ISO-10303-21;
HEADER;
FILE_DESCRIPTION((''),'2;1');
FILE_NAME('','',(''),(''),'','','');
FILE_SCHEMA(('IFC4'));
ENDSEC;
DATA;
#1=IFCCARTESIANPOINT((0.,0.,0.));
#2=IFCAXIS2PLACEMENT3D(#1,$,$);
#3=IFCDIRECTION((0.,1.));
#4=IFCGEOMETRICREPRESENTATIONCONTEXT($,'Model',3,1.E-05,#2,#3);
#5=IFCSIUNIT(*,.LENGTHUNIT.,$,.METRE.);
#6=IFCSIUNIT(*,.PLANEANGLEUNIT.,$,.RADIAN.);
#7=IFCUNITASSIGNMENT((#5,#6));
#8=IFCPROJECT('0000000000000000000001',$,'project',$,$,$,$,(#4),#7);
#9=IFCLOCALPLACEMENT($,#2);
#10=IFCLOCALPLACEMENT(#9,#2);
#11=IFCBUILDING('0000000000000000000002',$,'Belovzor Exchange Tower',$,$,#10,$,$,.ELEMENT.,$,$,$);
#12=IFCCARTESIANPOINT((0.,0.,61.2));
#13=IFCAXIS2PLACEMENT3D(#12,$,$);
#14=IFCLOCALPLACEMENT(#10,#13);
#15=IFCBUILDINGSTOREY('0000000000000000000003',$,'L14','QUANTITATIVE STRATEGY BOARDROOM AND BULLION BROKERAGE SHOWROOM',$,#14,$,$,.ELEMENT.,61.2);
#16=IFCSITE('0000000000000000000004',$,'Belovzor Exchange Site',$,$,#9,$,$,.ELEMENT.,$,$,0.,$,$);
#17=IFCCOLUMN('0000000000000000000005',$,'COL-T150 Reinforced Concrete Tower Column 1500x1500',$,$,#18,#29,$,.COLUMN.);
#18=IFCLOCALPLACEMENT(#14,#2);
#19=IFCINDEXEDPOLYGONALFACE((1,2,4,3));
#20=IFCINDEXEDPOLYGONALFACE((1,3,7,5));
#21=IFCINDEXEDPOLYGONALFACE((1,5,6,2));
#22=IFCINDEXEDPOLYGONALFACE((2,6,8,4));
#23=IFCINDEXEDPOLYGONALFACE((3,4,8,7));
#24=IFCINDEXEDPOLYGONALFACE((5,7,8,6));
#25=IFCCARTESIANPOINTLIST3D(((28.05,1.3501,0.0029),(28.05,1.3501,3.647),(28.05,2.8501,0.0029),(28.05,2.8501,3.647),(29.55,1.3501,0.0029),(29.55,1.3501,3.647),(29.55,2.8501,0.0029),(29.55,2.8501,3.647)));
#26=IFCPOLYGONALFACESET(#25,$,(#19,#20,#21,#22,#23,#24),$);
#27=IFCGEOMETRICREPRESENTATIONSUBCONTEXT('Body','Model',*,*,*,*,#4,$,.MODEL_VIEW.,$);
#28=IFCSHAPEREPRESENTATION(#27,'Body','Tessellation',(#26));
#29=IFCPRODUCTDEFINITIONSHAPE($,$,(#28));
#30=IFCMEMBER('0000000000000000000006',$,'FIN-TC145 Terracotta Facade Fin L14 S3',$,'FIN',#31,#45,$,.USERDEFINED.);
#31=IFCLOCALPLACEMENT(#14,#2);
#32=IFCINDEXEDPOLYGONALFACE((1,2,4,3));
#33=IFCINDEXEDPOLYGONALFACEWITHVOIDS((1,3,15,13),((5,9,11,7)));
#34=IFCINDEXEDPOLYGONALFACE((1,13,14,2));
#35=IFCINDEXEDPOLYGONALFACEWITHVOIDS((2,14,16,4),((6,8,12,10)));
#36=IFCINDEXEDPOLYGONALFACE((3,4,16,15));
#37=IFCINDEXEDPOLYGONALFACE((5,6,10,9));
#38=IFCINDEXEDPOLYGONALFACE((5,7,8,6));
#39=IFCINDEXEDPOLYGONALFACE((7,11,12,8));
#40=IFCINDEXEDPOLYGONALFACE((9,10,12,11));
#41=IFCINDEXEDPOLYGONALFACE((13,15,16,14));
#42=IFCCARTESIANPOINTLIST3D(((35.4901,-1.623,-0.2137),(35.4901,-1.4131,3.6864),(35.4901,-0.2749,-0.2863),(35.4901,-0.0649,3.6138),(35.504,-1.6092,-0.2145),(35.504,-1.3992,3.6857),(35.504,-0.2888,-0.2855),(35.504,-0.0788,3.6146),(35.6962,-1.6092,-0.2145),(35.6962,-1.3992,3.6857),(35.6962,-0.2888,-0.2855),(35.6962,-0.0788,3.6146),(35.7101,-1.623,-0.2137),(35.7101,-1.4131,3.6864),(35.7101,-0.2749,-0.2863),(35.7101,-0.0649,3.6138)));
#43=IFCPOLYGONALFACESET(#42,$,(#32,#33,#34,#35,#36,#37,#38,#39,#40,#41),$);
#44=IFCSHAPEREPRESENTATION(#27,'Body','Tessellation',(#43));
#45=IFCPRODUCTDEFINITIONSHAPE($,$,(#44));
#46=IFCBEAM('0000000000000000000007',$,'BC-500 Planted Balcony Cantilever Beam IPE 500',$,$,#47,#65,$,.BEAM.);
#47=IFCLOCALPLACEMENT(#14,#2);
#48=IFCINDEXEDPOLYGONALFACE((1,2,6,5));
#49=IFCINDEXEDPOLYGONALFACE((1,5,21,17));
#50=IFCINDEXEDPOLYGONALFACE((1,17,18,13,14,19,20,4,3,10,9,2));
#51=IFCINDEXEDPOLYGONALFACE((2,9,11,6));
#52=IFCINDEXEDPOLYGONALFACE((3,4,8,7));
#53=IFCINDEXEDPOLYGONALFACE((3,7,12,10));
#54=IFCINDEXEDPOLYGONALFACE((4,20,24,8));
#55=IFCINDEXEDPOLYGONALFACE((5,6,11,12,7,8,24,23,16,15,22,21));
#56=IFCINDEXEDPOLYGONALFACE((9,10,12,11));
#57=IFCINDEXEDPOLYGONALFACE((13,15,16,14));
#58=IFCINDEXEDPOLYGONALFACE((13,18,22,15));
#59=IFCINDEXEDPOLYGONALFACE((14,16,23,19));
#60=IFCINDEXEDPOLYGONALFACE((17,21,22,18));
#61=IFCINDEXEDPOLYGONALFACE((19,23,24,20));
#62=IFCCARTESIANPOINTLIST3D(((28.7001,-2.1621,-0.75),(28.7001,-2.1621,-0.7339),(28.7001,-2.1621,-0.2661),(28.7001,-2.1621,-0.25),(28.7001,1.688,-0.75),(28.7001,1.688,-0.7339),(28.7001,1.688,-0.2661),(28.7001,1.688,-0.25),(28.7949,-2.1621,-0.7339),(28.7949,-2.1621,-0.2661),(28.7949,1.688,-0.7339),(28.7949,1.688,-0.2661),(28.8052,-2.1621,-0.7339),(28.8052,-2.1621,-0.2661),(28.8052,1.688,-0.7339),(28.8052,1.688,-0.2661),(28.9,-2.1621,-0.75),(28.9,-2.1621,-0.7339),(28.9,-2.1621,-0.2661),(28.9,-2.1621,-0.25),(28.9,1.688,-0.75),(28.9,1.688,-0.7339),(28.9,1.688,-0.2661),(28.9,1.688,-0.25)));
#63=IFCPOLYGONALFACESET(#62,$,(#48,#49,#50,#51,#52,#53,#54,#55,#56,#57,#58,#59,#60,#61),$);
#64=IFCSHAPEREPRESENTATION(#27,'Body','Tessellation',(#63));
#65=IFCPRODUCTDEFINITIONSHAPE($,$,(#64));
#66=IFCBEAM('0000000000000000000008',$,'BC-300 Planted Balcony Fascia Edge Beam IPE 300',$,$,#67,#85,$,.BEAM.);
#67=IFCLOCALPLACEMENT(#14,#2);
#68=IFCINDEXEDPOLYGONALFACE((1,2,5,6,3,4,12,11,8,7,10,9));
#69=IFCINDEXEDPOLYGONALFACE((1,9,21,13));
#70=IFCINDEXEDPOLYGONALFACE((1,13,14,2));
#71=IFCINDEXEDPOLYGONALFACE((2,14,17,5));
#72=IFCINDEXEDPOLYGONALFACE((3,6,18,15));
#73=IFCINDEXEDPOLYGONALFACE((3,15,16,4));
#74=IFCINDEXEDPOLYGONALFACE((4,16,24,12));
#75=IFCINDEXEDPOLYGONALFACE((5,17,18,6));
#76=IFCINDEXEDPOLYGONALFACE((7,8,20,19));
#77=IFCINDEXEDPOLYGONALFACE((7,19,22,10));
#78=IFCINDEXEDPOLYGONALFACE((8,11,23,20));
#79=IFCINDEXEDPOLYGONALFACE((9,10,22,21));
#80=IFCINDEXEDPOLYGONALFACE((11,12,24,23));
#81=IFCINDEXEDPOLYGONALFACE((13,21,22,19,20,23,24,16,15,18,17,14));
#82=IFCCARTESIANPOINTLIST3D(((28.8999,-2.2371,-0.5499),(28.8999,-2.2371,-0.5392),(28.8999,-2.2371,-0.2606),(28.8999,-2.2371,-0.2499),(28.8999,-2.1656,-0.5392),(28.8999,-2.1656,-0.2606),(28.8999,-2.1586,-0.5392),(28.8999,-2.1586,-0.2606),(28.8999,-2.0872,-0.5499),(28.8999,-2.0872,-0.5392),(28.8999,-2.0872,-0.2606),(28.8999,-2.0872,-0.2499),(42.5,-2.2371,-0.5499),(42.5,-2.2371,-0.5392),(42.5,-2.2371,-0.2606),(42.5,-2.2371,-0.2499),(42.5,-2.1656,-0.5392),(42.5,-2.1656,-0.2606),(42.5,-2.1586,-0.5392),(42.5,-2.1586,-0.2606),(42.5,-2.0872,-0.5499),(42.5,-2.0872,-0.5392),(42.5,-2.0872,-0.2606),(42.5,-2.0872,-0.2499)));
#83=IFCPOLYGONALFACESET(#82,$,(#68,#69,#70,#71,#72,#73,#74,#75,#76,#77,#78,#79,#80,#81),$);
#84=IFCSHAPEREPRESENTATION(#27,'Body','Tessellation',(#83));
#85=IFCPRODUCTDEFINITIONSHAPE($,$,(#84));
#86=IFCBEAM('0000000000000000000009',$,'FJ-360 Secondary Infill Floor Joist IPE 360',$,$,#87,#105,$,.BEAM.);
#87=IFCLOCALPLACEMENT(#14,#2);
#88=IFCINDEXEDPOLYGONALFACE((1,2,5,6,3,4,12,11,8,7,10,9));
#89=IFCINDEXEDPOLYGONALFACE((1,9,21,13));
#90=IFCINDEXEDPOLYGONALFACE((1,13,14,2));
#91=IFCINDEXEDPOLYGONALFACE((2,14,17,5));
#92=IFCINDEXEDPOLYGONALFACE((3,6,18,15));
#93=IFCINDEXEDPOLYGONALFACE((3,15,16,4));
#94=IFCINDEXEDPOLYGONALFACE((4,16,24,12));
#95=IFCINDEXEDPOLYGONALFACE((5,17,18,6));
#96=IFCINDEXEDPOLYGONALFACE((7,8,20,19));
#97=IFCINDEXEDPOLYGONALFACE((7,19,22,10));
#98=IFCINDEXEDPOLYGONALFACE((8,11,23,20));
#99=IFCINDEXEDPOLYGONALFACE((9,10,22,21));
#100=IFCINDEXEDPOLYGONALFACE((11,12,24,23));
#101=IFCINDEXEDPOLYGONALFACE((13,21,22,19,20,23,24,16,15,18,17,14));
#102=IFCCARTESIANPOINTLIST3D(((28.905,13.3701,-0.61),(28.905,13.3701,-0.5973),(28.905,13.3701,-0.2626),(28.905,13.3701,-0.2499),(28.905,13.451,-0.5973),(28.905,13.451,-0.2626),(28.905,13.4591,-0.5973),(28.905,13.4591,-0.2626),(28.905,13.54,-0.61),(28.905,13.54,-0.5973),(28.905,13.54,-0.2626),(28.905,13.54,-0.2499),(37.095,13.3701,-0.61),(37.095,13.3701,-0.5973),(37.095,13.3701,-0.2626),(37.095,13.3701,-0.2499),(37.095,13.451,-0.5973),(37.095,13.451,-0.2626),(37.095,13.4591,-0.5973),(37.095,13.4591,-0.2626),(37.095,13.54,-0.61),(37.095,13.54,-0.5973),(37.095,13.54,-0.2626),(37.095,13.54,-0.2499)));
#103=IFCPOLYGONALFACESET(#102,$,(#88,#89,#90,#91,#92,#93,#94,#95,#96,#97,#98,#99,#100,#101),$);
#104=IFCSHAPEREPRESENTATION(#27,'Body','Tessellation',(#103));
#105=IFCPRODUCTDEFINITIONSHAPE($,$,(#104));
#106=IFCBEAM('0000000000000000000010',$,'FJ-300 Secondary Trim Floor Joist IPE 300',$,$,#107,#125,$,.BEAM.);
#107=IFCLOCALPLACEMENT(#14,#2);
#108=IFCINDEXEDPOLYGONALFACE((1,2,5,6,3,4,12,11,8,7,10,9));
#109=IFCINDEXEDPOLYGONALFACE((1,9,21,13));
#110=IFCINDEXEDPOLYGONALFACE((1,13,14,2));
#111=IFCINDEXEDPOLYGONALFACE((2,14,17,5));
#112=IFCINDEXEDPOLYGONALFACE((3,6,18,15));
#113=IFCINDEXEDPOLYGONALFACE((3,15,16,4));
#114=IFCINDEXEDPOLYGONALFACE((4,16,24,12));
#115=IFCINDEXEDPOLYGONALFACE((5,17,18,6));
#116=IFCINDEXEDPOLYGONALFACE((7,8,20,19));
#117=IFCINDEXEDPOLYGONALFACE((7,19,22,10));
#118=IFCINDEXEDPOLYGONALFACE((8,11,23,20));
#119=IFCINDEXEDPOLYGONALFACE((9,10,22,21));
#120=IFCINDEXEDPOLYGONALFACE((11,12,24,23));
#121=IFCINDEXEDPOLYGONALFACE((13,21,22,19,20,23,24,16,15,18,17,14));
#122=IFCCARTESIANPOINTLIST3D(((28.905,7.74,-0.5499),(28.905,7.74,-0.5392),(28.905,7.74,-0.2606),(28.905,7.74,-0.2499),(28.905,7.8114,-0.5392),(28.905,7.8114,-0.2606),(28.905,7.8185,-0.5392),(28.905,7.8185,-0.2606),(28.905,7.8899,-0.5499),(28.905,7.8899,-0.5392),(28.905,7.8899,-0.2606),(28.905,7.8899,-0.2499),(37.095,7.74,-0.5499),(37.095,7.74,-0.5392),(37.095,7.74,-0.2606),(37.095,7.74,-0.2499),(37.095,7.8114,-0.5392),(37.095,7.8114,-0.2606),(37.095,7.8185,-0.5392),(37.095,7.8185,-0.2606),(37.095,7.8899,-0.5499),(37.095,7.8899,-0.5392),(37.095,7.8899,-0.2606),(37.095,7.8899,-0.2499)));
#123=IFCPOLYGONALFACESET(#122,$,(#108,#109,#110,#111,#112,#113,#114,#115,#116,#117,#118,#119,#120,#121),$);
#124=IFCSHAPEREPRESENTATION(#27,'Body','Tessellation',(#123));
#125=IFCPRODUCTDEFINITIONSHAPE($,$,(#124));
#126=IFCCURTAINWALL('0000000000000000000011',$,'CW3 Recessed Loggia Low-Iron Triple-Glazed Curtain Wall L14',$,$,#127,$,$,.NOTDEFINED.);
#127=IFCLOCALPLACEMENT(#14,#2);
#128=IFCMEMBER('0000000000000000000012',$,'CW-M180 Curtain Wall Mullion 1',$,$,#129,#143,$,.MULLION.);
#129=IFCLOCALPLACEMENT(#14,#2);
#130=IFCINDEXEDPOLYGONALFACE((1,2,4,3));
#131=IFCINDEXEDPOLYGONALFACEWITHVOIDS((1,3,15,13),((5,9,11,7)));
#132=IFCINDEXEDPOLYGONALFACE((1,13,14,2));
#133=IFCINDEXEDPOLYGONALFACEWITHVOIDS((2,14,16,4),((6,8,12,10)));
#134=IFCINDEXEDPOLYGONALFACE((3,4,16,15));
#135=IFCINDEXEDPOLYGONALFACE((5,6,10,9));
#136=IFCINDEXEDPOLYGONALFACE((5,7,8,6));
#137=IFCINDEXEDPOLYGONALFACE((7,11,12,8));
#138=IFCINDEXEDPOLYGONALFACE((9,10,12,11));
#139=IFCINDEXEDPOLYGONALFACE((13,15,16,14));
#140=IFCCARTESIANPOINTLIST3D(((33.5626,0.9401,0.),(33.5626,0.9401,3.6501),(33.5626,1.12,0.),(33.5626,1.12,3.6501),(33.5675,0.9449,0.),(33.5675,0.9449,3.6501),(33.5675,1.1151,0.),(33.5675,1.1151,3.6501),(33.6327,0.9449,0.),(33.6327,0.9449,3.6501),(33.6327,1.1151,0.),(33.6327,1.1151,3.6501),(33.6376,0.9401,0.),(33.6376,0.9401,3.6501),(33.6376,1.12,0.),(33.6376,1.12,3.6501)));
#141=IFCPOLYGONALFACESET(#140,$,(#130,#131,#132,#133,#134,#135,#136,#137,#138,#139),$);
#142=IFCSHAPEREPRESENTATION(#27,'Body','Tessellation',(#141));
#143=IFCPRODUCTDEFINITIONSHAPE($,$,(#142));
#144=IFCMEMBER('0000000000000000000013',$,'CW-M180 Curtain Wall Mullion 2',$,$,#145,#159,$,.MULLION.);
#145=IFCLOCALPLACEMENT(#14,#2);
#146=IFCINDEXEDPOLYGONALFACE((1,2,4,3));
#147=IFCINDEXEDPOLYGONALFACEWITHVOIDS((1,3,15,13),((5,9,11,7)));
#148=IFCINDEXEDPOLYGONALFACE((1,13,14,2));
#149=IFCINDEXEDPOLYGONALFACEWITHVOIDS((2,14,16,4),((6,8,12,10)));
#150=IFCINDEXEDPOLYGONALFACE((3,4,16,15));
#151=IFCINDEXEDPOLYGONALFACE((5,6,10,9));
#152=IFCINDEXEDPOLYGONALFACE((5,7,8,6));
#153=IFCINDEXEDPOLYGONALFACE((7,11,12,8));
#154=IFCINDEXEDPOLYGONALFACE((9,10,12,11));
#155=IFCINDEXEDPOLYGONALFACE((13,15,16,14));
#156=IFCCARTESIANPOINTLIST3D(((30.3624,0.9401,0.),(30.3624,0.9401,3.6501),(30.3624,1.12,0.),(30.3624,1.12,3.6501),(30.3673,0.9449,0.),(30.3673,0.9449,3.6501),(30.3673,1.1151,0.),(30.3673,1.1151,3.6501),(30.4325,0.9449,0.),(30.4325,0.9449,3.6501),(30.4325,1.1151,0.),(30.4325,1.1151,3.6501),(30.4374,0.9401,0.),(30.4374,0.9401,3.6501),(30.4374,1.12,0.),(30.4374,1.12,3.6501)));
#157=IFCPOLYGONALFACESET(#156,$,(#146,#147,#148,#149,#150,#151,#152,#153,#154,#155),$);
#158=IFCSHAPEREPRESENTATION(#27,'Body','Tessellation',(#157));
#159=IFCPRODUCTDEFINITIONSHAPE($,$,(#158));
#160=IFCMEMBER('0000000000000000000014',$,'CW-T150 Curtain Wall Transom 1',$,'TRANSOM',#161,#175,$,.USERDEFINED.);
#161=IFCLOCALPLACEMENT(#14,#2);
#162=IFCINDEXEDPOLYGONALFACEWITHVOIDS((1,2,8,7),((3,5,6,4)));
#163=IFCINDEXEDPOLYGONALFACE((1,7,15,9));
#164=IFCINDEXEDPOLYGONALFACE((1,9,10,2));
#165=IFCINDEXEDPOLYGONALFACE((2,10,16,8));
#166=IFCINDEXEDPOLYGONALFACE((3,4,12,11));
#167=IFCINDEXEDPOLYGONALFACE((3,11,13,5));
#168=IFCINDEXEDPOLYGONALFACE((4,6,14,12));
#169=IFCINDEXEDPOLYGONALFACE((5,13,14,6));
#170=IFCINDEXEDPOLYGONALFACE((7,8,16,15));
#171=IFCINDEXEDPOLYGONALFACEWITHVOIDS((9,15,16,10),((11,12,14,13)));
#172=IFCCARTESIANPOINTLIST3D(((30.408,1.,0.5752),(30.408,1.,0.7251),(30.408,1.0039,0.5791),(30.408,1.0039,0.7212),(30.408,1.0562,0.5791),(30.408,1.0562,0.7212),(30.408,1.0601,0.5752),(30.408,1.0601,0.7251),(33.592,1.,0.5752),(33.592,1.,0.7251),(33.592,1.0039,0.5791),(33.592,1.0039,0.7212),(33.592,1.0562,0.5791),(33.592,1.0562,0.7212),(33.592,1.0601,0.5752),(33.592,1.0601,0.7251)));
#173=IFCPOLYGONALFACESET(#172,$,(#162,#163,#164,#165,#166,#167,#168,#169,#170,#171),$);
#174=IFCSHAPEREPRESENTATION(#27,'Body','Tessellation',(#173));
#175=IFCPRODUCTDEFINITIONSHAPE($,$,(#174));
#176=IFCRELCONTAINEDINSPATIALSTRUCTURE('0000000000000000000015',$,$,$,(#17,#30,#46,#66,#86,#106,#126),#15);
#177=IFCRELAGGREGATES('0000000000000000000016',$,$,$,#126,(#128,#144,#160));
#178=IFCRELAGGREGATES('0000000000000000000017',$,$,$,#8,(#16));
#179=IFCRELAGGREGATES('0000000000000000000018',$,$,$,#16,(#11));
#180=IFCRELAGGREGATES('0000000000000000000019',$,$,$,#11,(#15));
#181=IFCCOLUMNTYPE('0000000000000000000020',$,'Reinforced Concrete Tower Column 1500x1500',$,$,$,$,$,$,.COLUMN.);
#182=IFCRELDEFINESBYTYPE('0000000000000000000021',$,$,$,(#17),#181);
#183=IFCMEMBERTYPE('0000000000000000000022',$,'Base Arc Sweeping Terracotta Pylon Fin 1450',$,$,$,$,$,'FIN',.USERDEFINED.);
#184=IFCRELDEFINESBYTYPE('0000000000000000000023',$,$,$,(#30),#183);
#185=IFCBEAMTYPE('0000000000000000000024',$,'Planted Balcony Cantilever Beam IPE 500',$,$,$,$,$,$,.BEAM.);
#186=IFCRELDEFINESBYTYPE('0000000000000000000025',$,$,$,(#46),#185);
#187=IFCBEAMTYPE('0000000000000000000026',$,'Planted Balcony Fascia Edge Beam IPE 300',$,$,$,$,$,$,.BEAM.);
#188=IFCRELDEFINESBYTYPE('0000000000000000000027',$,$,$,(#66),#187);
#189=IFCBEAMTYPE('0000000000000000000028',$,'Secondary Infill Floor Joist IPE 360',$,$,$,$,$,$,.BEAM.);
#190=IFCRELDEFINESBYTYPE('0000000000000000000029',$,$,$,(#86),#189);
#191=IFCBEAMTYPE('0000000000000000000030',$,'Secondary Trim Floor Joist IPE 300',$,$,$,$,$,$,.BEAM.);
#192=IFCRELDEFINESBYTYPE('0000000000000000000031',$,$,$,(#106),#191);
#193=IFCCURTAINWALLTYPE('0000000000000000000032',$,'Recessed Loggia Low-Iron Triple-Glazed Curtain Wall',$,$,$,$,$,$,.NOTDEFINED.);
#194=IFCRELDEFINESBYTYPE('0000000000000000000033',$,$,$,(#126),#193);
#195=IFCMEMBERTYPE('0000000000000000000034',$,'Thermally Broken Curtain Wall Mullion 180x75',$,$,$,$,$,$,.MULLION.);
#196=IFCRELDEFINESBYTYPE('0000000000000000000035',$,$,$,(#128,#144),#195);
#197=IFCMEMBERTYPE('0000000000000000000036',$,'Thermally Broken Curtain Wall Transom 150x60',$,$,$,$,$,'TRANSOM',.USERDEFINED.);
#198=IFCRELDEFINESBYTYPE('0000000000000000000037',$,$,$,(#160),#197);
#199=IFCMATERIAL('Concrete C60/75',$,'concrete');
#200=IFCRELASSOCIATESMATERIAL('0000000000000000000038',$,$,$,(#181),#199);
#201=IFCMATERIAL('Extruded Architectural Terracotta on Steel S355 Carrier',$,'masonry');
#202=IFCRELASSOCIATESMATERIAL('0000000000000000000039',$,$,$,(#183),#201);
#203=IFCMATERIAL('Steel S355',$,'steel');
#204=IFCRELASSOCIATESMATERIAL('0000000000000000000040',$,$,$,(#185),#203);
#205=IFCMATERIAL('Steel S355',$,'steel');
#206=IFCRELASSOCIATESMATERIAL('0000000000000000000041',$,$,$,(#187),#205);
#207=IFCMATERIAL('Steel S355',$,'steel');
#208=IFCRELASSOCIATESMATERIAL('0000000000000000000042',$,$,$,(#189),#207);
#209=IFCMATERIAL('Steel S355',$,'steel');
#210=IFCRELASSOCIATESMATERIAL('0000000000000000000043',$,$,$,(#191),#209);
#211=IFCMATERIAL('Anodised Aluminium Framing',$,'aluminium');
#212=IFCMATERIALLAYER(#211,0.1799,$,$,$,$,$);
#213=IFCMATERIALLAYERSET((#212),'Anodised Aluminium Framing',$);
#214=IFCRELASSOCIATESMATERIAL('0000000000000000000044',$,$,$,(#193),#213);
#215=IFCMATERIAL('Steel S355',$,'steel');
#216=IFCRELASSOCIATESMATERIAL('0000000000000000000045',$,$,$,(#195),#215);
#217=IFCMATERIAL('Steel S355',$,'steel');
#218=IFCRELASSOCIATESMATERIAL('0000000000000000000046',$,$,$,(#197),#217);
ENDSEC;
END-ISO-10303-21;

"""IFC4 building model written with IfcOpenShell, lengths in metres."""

from ifc_helpers import new_model, si_unit, direction, frame, origin, origin_2d, place, context, subcontext, project, spatial, rectangle, hollow_rectangle, i_section, extrude, material, layer, layer_set, material_profile, profile_set, type_object, element, aggregate, save


model = new_model("IFC4")

# Units and contexts
model_context = context("Model", 3, precision=1e-05, world=origin(), true_north=direction((0.0, 1.0)))
body_context = subcontext(model_context, "Body", "Model", "MODEL_VIEW")
ifc_project = project(units=[si_unit("LENGTHUNIT", "METRE"), si_unit("PLANEANGLEUNIT", "RADIAN")], contexts=[model_context])

# Site, building, storey
site_placement = place(None, origin())
site = spatial("IfcSite", under=ifc_project, at=site_placement, Name="Belovzor Exchange Site", CompositionType="ELEMENT", RefElevation=0.0)
building_placement = place(site_placement, origin())
building = spatial("IfcBuilding", under=site, at=building_placement, Name="Belovzor Exchange Tower", CompositionType="ELEMENT")
storey_placement = place(building_placement, frame((0.0, 0.0, 61.2)))
storey = spatial("IfcBuildingStorey", under=building, at=storey_placement, Name="L14", Description="QUANTITATIVE STRATEGY BOARDROOM AND BULLION BROKERAGE SHOWROOM", CompositionType="ELEMENT", Elevation=61.2)

# Column
ifc_material_1 = material(Name="Concrete C60/75", Category="concrete")
ifc_material_profile_1 = material_profile(ifc_material_1, rectangle(XDim=1.5, YDim=1.5, at=origin_2d()))
ifc_profile_set_1 = profile_set([ifc_material_profile_1], Name="Concrete C60/75")
column_type = type_object("IfcColumnType", Name="Reinforced Concrete Tower Column 1500x1500", PredefinedType="COLUMN", material=ifc_profile_set_1)
column_placement = place(storey_placement, frame((28.8, 2.1001, 0.0029), z_axis=(0.0, 0.0, 1.0), x_axis=(1.0, 0.0, 0.0)))
element("IfcColumn", 1, at=column_placement, inside=storey, type_object=column_type, Name="COL-T150 Reinforced Concrete Tower Column 1500x1500", PredefinedType="COLUMN", context=body_context, shape_type="SweptSolid", body=[
    extrude(rectangle(XDim=1.5, YDim=1.5, at=origin_2d()), origin(), (0.0, 0.0, 1.0), 3.644),
])

# Member
ifc_material_2 = material(Name="Extruded Architectural Terracotta on Steel S355 Carrier", Category="masonry")
ifc_material_profile_2 = material_profile(ifc_material_2, hollow_rectangle(XDim=0.22, YDim=1.3501, WallThickness=0.0139, at=origin_2d()))
ifc_profile_set_2 = profile_set([ifc_material_profile_2], Name="Extruded Architectural Terracotta on Steel S355 Carrier")
member_type_1 = type_object("IfcMemberType", Name="Base Arc Sweeping Terracotta Pylon Fin 1450", ElementType="FIN", PredefinedType="USERDEFINED", material=ifc_profile_set_2)
member_1_placement = place(storey_placement, frame((35.6001, -0.949, -0.25), z_axis=(0.0, 0.053756, 0.998554), x_axis=(-1.0, 0.0, 0.0)))
element("IfcMember", 2, at=member_1_placement, inside=storey, type_object=member_type_1, Name="FIN-TC145 Terracotta Facade Fin L14 S3", ObjectType="FIN", PredefinedType="USERDEFINED", context=body_context, shape_type="SweptSolid", body=[
    extrude(hollow_rectangle(XDim=0.22, YDim=1.3501, WallThickness=0.0139, at=origin_2d()), origin(), (0.0, 0.0, 1.0), 3.9058),
])

# Beams
ifc_material_3 = material(Name="Steel S355", Category="steel")
ifc_material_profile_3 = material_profile(ifc_material_3, i_section(OverallWidth=0.2, OverallDepth=0.5, WebThickness=0.0103, FlangeThickness=0.0161, at=origin_2d()))
ifc_profile_set_3 = profile_set([ifc_material_profile_3], Name="Steel S355")
beam_type_1 = type_object("IfcBeamType", Name="Planted Balcony Cantilever Beam IPE 500", PredefinedType="BEAM", material=ifc_profile_set_3)
beam_1_placement = place(storey_placement, frame((28.8, 1.688, -0.5), z_axis=(0.0, -1.0, 0.0), x_axis=(1.0, 0.0, 0.0)))
element("IfcBeam", 3, at=beam_1_placement, inside=storey, type_object=beam_type_1, Name="BC-500 Planted Balcony Cantilever Beam IPE 500", PredefinedType="BEAM", context=body_context, shape_type="SweptSolid", body=[
    extrude(i_section(OverallWidth=0.2, OverallDepth=0.5, WebThickness=0.0103, FlangeThickness=0.0161, at=origin_2d()), origin(), (0.0, 0.0, 1.0), 3.8501),
])
ifc_material_4 = material(Name="Steel S355", Category="steel")
ifc_material_profile_4 = material_profile(ifc_material_4, i_section(OverallWidth=0.1499, OverallDepth=0.3, WebThickness=0.0071, FlangeThickness=0.0107, at=origin_2d()))
ifc_profile_set_4 = profile_set([ifc_material_profile_4], Name="Steel S355")
beam_type_2 = type_object("IfcBeamType", Name="Planted Balcony Fascia Edge Beam IPE 300", PredefinedType="BEAM", material=ifc_profile_set_4)
beam_2_placement = place(storey_placement, frame((28.8999, -2.1621, -0.3999), z_axis=(1.0, 0.0, 0.0), x_axis=(0.0, 1.0, 0.0)))
element("IfcBeam", 4, at=beam_2_placement, inside=storey, type_object=beam_type_2, Name="BC-300 Planted Balcony Fascia Edge Beam IPE 300", PredefinedType="BEAM", context=body_context, shape_type="SweptSolid", body=[
    extrude(i_section(OverallWidth=0.1499, OverallDepth=0.3, WebThickness=0.0071, FlangeThickness=0.0107, at=origin_2d()), origin(), (0.0, 0.0, 1.0), 13.6001),
])
ifc_material_5 = material(Name="Steel S355", Category="steel")
ifc_material_profile_5 = material_profile(ifc_material_5, i_section(OverallWidth=0.1699, OverallDepth=0.3601, WebThickness=0.0081, FlangeThickness=0.0127, at=origin_2d()))
ifc_profile_set_5 = profile_set([ifc_material_profile_5], Name="Steel S355")
beam_type_3 = type_object("IfcBeamType", Name="Secondary Infill Floor Joist IPE 360", PredefinedType="BEAM", material=ifc_profile_set_5)
beam_3_placement = place(storey_placement, frame((28.905, 13.4551, -0.4299), z_axis=(1.0, 0.0, 0.0), x_axis=(0.0, 1.0, 0.0)))
element("IfcBeam", 5, at=beam_3_placement, inside=storey, type_object=beam_type_3, Name="FJ-360 Secondary Infill Floor Joist IPE 360", PredefinedType="BEAM", context=body_context, shape_type="SweptSolid", body=[
    extrude(i_section(OverallWidth=0.1699, OverallDepth=0.3601, WebThickness=0.0081, FlangeThickness=0.0127, at=origin_2d()), origin(), (0.0, 0.0, 1.0), 8.1899),
])
ifc_material_6 = material(Name="Steel S355", Category="steel")
ifc_material_profile_6 = material_profile(ifc_material_6, i_section(OverallWidth=0.1499, OverallDepth=0.3, WebThickness=0.0071, FlangeThickness=0.0107, at=origin_2d()))
ifc_profile_set_6 = profile_set([ifc_material_profile_6], Name="Steel S355")
beam_type_4 = type_object("IfcBeamType", Name="Secondary Trim Floor Joist IPE 300", PredefinedType="BEAM", material=ifc_profile_set_6)
beam_4_placement = place(storey_placement, frame((28.905, 7.8149, -0.3999), z_axis=(1.0, 0.0, 0.0), x_axis=(0.0, 1.0, 0.0)))
element("IfcBeam", 6, at=beam_4_placement, inside=storey, type_object=beam_type_4, Name="FJ-300 Secondary Trim Floor Joist IPE 300", PredefinedType="BEAM", context=body_context, shape_type="SweptSolid", body=[
    extrude(i_section(OverallWidth=0.1499, OverallDepth=0.3, WebThickness=0.0071, FlangeThickness=0.0107, at=origin_2d()), origin(), (0.0, 0.0, 1.0), 8.1899),
])

# Curtain wall, members
ifc_material_7 = material(Name="Anodised Aluminium Framing", Category="aluminium")
ifc_layer_1 = layer(ifc_material_7, 0.1799)
ifc_layer_set_1 = layer_set([ifc_layer_1], Name="Anodised Aluminium Framing")
curtain_wall_type = type_object("IfcCurtainWallType", Name="Recessed Loggia Low-Iron Triple-Glazed Curtain Wall", PredefinedType="NOTDEFINED", material=ifc_layer_set_1)
curtain_wall_placement = place(storey_placement, origin())
curtain_wall = element("IfcCurtainWall", 7, at=curtain_wall_placement, inside=storey, type_object=curtain_wall_type, Name="CW3 Recessed Loggia Low-Iron Triple-Glazed Curtain Wall L14", PredefinedType="NOTDEFINED")
ifc_material_8 = material(Name="Steel S355", Category="steel")
ifc_material_profile_7 = material_profile(ifc_material_8, hollow_rectangle(XDim=0.075, YDim=0.1799, WallThickness=0.0049, at=origin_2d()))
ifc_profile_set_7 = profile_set([ifc_material_profile_7], Name="Steel S355")
member_type_2 = type_object("IfcMemberType", Name="Thermally Broken Curtain Wall Mullion 180x75", PredefinedType="MULLION", material=ifc_profile_set_7)
member_2_placement = place(storey_placement, frame((33.6001, 1.03, 0.0), z_axis=(0.0, 0.0, 1.0), x_axis=(-1.0, 0.0, 0.0)))
member_2 = element("IfcMember", 8, at=member_2_placement, type_object=member_type_2, Name="CW-M180 Curtain Wall Mullion 1", PredefinedType="MULLION", context=body_context, shape_type="SweptSolid", body=[
    extrude(hollow_rectangle(XDim=0.075, YDim=0.1799, WallThickness=0.0049, at=origin_2d()), origin(), (0.0, 0.0, 1.0), 3.6501),
])
member_3_placement = place(storey_placement, frame((30.3999, 1.03, 0.0), z_axis=(0.0, 0.0, 1.0), x_axis=(-1.0, 0.0, 0.0)))
member_3 = element("IfcMember", 9, at=member_3_placement, type_object=member_type_2, Name="CW-M180 Curtain Wall Mullion 2", PredefinedType="MULLION", context=body_context, shape_type="SweptSolid", body=[
    extrude(hollow_rectangle(XDim=0.075, YDim=0.1799, WallThickness=0.0049, at=origin_2d()), origin(), (0.0, 0.0, 1.0), 3.6501),
])
ifc_material_9 = material(Name="Steel S355", Category="steel")
ifc_material_profile_8 = material_profile(ifc_material_9, hollow_rectangle(XDim=0.0601, YDim=0.1499, WallThickness=0.0039, at=origin_2d()))
ifc_profile_set_8 = profile_set([ifc_material_profile_8], Name="Steel S355")
member_type_3 = type_object("IfcMemberType", Name="Thermally Broken Curtain Wall Transom 150x60", ElementType="TRANSOM", PredefinedType="USERDEFINED", material=ifc_profile_set_8)
member_4_placement = place(storey_placement, frame((33.592, 1.03, 0.6501), z_axis=(-1.0, 0.0, 0.0), x_axis=(0.0, -1.0, 0.0)))
member_4 = element("IfcMember", 10, at=member_4_placement, type_object=member_type_3, Name="CW-T150 Curtain Wall Transom 1", ObjectType="TRANSOM", PredefinedType="USERDEFINED", context=body_context, shape_type="SweptSolid", body=[
    extrude(hollow_rectangle(XDim=0.0601, YDim=0.1499, WallThickness=0.0039, at=origin_2d()), origin(), (0.0, 0.0, 1.0), 3.1841),
])

aggregate(curtain_wall, [member_2, member_3, member_4])

save(model, "model.ifc")
